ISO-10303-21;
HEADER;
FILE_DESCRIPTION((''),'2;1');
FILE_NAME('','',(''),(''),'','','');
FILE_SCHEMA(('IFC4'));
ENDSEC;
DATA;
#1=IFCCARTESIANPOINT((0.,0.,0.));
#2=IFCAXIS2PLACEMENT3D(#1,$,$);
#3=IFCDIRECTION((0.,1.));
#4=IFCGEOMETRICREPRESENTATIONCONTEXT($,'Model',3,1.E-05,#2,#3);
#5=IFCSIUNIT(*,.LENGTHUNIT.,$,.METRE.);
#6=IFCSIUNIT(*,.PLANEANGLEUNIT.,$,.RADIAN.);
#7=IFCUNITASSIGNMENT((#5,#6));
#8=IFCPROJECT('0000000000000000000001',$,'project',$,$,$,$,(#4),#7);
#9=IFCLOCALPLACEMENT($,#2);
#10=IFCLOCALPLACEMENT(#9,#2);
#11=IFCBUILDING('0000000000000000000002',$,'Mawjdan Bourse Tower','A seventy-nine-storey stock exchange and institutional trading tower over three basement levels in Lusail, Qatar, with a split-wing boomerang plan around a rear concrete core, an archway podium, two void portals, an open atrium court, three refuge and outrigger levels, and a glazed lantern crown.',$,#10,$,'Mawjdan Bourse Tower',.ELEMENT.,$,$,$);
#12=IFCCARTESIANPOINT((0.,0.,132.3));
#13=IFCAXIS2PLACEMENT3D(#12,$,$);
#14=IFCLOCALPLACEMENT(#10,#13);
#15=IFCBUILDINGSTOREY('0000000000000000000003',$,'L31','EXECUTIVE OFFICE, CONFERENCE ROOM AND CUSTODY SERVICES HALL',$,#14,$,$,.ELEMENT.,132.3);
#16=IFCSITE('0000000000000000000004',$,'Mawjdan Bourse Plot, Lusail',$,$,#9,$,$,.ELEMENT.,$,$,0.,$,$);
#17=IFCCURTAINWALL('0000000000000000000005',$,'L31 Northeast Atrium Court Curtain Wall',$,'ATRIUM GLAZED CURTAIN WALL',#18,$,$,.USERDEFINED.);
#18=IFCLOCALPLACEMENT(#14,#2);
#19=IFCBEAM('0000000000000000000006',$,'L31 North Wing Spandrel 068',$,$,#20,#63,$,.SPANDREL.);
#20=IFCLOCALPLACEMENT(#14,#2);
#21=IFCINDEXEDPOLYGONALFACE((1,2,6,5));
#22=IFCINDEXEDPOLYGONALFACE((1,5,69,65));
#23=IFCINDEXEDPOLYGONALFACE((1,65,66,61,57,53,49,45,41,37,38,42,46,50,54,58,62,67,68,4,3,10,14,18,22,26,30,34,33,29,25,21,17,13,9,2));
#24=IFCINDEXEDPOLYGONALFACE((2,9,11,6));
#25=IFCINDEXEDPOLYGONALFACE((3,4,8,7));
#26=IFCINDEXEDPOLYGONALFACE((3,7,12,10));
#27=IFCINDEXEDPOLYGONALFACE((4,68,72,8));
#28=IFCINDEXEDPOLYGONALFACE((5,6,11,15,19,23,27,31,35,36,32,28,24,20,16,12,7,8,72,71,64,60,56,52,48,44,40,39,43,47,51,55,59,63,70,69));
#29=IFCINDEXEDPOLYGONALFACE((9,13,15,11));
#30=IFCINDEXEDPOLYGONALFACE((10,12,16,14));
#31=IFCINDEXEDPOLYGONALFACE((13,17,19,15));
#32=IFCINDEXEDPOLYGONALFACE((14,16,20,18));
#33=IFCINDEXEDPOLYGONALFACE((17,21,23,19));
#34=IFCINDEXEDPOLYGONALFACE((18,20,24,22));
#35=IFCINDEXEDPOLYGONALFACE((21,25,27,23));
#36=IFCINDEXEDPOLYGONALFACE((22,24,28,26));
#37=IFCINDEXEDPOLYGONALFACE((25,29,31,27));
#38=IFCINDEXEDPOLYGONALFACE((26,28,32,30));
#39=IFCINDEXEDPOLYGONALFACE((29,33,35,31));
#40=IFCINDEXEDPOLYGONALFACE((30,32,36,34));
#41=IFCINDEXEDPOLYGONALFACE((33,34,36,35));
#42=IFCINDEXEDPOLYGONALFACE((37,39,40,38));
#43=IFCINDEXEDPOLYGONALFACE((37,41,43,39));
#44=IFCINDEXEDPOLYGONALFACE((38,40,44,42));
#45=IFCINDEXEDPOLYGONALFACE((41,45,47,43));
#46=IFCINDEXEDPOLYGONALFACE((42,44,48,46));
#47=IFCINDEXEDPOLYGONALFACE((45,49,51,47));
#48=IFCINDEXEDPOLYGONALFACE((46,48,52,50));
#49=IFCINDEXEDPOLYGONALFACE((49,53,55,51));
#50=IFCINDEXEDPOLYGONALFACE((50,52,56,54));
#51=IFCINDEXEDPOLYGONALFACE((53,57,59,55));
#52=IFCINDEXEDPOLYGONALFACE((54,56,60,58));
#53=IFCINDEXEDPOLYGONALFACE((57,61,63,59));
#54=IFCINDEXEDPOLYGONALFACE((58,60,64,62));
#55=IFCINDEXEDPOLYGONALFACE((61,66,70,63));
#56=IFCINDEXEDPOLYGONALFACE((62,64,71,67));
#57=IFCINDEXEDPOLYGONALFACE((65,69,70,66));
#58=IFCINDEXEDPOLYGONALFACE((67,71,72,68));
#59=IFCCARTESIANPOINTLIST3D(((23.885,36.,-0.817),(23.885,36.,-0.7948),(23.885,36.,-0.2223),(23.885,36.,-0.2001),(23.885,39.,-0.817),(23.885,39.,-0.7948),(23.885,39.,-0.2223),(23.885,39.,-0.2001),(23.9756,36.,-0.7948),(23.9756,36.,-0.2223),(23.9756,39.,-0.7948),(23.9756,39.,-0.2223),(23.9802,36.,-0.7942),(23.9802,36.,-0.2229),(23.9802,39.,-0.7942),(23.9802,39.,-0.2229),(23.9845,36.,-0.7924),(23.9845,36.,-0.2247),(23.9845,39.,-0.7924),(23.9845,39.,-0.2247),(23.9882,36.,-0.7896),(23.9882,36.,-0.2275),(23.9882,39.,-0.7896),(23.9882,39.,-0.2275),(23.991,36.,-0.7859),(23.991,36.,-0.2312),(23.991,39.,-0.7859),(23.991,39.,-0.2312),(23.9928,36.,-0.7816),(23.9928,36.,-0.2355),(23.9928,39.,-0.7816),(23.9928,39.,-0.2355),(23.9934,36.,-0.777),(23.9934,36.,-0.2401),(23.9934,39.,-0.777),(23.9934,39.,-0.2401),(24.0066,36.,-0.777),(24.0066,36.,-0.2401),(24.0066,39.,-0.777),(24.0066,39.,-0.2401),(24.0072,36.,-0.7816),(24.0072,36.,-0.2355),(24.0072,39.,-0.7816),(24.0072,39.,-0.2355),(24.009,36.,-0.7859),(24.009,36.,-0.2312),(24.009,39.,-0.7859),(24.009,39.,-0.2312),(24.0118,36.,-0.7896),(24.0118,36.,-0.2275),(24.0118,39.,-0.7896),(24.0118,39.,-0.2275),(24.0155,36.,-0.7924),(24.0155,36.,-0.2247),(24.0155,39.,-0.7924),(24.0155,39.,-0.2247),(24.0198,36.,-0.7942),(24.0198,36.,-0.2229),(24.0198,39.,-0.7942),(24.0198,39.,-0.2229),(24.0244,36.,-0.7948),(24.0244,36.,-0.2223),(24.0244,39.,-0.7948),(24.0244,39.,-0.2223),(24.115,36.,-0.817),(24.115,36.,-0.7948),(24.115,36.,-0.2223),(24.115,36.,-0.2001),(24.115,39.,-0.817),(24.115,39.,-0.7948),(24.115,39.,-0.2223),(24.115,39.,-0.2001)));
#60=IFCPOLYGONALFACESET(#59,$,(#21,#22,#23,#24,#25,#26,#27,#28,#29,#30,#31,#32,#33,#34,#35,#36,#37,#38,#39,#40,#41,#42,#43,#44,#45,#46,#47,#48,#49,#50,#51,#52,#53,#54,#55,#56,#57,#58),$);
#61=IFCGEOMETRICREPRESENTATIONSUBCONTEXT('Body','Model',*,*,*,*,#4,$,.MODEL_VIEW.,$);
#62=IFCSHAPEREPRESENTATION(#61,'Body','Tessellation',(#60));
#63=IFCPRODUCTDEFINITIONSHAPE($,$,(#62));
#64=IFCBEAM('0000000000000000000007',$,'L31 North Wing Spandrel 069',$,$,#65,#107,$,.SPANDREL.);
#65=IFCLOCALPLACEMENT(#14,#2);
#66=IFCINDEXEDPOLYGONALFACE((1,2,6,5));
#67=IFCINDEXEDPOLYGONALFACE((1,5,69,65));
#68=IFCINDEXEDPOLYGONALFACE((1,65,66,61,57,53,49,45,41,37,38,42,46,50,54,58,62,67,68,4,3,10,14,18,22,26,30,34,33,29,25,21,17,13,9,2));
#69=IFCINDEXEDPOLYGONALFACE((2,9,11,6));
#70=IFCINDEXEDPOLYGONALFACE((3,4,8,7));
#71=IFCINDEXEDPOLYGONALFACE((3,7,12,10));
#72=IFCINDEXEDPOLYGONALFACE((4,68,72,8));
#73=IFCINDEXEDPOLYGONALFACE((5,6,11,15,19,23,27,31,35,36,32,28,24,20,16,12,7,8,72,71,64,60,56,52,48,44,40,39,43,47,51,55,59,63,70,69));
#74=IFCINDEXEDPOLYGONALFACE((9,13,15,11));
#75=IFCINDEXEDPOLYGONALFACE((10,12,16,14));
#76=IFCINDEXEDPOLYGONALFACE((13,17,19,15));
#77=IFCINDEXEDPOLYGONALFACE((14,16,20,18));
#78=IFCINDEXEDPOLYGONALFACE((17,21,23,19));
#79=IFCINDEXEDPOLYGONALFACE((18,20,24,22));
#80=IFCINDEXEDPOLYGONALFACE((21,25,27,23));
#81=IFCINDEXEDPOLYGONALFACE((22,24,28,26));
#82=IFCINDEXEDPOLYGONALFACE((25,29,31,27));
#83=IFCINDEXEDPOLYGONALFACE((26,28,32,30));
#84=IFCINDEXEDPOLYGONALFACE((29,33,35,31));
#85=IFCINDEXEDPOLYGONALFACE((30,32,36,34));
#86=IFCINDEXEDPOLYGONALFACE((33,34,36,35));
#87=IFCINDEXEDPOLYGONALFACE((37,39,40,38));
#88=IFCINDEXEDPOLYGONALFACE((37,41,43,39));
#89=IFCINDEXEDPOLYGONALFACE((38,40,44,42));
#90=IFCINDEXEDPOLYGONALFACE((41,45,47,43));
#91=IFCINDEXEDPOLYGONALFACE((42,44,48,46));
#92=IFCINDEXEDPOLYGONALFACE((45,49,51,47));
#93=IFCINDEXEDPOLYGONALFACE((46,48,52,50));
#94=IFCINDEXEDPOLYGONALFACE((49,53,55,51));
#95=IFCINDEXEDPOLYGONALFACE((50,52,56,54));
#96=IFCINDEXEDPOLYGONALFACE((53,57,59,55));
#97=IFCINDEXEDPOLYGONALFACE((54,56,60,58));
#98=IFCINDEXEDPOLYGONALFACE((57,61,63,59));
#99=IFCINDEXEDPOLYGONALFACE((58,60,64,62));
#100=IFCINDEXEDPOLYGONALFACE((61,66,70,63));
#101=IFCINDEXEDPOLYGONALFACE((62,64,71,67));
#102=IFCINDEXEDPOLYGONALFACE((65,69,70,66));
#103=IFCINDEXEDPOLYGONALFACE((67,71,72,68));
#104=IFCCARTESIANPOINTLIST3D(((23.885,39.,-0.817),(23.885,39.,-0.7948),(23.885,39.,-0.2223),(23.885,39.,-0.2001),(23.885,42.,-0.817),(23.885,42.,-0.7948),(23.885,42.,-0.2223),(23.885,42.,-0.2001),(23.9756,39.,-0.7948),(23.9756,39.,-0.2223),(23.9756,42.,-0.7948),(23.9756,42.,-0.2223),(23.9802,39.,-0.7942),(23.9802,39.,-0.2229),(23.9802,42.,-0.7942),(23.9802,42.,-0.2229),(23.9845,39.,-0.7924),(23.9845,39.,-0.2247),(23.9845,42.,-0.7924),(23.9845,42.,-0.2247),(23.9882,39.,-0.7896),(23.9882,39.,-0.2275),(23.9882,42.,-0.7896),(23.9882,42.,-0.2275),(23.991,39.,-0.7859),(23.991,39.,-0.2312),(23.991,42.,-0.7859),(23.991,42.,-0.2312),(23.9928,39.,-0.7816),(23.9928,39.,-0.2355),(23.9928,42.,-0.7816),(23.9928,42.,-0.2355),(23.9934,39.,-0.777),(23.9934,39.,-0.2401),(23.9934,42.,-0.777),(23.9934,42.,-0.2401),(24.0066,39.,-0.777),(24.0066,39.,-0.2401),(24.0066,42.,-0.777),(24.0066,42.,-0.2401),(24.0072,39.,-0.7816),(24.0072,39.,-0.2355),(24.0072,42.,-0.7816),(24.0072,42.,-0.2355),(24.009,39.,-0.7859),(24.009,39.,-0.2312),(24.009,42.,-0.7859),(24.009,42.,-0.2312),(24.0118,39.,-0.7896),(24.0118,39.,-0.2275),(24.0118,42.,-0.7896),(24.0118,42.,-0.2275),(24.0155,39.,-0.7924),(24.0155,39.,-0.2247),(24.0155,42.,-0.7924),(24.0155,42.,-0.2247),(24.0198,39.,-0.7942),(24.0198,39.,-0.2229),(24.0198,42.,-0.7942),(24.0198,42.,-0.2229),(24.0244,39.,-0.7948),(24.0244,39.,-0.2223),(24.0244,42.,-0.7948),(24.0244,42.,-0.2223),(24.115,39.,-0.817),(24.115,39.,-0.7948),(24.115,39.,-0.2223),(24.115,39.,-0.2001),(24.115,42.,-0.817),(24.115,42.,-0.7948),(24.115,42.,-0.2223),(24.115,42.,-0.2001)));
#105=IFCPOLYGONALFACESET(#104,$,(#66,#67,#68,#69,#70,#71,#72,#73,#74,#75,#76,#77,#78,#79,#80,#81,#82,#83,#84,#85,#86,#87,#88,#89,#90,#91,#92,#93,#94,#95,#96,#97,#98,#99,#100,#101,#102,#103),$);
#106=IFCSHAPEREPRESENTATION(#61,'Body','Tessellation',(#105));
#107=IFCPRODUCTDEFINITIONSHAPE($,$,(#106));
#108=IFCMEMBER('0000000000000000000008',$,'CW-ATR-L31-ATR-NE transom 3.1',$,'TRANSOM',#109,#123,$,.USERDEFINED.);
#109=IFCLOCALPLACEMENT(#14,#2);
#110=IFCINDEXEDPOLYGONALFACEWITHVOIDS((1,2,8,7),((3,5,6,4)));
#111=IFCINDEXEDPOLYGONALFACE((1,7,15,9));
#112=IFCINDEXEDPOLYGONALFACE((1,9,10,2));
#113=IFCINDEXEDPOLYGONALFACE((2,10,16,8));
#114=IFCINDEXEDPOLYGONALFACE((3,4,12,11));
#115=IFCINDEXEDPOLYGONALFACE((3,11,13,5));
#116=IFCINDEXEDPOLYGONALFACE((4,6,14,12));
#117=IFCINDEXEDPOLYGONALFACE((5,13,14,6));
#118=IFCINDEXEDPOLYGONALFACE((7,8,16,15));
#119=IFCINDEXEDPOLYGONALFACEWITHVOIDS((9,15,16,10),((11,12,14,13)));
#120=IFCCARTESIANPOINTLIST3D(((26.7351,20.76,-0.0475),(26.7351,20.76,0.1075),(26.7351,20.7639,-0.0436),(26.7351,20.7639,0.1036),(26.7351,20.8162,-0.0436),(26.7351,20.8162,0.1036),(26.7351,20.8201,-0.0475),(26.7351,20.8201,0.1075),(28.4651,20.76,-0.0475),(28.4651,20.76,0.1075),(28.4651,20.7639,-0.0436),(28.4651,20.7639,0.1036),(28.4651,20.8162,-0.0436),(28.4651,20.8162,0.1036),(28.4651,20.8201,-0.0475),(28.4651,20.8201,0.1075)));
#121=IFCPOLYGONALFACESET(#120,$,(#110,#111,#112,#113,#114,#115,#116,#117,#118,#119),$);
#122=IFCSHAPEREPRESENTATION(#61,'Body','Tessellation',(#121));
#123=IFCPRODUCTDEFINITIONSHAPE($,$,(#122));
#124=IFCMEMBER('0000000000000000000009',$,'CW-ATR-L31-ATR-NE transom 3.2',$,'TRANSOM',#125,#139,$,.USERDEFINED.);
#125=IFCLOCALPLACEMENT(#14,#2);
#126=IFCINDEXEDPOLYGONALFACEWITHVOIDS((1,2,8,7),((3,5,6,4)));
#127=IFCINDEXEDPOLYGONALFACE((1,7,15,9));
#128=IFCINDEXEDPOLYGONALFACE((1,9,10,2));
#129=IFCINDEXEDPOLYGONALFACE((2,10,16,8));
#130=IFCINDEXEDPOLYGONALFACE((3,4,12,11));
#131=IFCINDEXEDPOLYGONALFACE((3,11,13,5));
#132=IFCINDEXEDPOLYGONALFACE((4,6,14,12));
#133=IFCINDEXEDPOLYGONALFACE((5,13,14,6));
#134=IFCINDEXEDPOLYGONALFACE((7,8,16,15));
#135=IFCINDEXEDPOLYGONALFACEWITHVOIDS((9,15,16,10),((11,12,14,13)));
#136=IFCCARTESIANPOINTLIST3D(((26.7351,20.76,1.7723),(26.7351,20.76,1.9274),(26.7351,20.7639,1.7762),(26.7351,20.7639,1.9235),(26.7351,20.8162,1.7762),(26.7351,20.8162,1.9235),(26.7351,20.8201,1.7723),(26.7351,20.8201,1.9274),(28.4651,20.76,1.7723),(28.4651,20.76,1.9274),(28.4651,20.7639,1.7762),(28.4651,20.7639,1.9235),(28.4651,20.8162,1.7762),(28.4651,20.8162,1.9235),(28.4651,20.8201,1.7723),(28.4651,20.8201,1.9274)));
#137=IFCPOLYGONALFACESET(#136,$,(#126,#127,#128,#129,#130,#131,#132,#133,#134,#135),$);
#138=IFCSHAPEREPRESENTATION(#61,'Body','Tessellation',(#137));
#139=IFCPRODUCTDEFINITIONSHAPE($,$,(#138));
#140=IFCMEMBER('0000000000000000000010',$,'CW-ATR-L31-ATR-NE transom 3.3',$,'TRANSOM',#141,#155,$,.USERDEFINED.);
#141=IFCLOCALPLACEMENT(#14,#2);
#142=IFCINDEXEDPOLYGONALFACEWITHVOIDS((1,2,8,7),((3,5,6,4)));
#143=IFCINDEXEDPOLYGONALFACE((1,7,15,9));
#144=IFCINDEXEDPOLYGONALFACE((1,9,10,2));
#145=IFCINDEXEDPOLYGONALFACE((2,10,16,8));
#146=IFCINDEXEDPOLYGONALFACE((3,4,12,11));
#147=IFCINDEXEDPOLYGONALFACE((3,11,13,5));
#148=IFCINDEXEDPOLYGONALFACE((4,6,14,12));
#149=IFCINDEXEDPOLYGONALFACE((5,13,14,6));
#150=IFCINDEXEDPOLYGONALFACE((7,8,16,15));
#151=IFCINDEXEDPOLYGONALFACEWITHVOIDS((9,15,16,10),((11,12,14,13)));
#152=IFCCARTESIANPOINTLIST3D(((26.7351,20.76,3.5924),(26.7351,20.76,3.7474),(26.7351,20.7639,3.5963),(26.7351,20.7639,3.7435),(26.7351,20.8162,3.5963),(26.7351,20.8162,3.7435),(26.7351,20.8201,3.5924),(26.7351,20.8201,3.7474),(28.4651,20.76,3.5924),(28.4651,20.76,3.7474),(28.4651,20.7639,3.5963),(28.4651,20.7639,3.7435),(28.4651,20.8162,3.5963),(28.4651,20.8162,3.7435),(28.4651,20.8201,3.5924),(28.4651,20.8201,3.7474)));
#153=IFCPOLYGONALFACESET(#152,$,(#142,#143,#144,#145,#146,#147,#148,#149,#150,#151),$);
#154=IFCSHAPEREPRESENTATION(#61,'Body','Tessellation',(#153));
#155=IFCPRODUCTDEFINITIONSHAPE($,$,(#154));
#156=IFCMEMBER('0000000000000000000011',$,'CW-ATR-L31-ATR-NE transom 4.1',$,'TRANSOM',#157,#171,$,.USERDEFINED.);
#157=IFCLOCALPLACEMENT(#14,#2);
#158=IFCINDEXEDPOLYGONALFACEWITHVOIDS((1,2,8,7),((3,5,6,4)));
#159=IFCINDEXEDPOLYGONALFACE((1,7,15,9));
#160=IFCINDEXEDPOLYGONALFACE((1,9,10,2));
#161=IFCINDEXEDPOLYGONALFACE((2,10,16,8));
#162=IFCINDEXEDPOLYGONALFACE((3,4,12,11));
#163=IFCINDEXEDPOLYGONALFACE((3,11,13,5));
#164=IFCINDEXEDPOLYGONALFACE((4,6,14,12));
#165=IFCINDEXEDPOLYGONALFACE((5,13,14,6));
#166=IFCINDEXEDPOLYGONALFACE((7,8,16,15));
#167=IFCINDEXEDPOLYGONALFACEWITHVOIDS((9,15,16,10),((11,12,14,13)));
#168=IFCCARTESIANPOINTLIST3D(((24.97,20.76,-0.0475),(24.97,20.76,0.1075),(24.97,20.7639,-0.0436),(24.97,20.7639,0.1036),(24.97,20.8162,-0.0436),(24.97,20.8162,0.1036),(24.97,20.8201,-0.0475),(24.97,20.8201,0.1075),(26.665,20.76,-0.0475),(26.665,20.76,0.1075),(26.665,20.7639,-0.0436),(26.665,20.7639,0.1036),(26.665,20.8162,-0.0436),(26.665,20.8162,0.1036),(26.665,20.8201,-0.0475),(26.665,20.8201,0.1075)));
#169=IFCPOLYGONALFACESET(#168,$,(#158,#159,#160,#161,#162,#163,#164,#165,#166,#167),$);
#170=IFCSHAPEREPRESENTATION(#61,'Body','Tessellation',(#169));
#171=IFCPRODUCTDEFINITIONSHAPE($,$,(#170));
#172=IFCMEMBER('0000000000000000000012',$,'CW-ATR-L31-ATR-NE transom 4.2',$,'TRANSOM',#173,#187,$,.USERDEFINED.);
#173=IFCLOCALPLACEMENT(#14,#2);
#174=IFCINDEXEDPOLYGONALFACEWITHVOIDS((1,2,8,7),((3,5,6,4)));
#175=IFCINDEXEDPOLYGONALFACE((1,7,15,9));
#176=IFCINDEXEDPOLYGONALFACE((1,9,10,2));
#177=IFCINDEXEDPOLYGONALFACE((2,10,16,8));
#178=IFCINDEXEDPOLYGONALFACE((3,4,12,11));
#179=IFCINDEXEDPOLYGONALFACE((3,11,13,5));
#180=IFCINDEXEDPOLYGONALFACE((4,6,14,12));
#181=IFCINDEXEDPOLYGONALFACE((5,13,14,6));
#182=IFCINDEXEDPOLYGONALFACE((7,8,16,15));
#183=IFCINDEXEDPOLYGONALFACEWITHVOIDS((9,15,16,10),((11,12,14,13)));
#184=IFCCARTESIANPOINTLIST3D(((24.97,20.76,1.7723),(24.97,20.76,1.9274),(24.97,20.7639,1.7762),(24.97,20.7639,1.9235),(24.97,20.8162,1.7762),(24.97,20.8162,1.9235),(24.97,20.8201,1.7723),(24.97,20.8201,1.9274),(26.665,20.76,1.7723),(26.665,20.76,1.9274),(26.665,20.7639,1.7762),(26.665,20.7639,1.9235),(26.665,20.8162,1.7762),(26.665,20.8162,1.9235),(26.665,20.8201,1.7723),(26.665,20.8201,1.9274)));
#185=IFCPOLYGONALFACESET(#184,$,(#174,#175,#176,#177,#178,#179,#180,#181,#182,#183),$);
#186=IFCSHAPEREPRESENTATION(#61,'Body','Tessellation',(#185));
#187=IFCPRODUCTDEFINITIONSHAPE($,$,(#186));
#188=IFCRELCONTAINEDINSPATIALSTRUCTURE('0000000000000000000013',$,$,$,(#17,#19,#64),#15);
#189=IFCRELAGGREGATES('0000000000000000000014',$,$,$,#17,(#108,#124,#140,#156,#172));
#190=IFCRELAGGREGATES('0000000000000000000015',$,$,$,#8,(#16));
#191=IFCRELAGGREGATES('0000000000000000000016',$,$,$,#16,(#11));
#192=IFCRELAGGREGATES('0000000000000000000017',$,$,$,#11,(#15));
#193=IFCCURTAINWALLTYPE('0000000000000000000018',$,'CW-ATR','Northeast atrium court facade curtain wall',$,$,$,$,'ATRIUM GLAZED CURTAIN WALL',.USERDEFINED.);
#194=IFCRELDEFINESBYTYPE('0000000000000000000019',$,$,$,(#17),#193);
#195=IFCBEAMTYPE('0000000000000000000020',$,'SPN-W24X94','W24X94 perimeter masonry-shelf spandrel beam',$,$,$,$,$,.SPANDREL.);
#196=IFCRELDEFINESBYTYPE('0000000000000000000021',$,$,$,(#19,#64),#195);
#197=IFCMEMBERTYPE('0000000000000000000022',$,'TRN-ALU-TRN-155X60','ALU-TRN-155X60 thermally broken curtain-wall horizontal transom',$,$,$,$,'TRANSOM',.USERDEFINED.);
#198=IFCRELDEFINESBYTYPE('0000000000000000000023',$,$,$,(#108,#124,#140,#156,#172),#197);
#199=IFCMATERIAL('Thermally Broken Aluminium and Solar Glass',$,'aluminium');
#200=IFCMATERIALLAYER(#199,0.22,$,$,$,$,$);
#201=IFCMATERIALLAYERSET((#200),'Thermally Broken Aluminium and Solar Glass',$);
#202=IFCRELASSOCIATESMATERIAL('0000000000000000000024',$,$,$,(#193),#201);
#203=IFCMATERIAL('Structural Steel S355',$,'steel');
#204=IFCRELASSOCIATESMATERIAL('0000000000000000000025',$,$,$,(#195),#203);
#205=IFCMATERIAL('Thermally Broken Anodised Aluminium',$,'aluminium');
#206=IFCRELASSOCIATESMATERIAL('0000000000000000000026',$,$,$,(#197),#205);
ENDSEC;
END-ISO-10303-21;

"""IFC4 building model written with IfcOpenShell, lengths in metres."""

from ifc_helpers import new_model, si_unit, direction, frame, origin, origin_2d, place, context, subcontext, project, spatial, hollow_rectangle, i_section, extrude, material, layer, layer_set, material_profile, profile_set, type_object, element, aggregate, save


model = new_model("IFC4")

# Units and contexts
model_context = context("Model", 3, precision=1e-05, world=origin(), true_north=direction((0.0, 1.0)))
body_context = subcontext(model_context, "Body", "Model", "MODEL_VIEW")
ifc_project = project(units=[si_unit("LENGTHUNIT", "METRE"), si_unit("PLANEANGLEUNIT", "RADIAN")], contexts=[model_context])

# Site, building, storey
site_placement = place(None, origin())
site = spatial("IfcSite", under=ifc_project, at=site_placement, Name="Mawjdan Bourse Plot, Lusail", CompositionType="ELEMENT", RefElevation=0.0)
building_placement = place(site_placement, origin())
building = spatial("IfcBuilding", under=site, at=building_placement, Name="Mawjdan Bourse Tower", Description="A seventy-nine-storey stock exchange and institutional trading tower over three basement levels in Lusail, Qatar, with a split-wing boomerang plan around a rear concrete core, an archway podium, two void portals, an open atrium court, three refuge and outrigger levels, and a glazed lantern crown.", LongName="Mawjdan Bourse Tower", CompositionType="ELEMENT")
storey_placement = place(building_placement, frame((0.0, 0.0, 132.3)))
storey = spatial("IfcBuildingStorey", under=building, at=storey_placement, Name="L31", Description="EXECUTIVE OFFICE, CONFERENCE ROOM AND CUSTODY SERVICES HALL", CompositionType="ELEMENT", Elevation=132.3)

# Shared definitions
ifc_material_1 = material(Name="Structural Steel S355", Category="steel")

# Curtain wall
ifc_material_2 = material(Name="Thermally Broken Aluminium and Solar Glass", Category="aluminium")
ifc_layer_1 = layer(ifc_material_2, 0.22)
ifc_layer_set_1 = layer_set([ifc_layer_1], Name="Thermally Broken Aluminium and Solar Glass")
curtain_wall_type = type_object("IfcCurtainWallType", Name="CW-ATR", Description="Northeast atrium court facade curtain wall", ElementType="ATRIUM GLAZED CURTAIN WALL", PredefinedType="USERDEFINED", material=ifc_layer_set_1)
curtain_wall_placement = place(storey_placement, origin())
curtain_wall = element("IfcCurtainWall", 1, at=curtain_wall_placement, inside=storey, type_object=curtain_wall_type, Name="L31 Northeast Atrium Court Curtain Wall", ObjectType="ATRIUM GLAZED CURTAIN WALL", PredefinedType="USERDEFINED")
ifc_material_3 = material(Name="Thermally Broken Anodised Aluminium", Category="aluminium")

# Beams
ifc_material_profile_1 = material_profile(ifc_material_1, i_section(OverallWidth=0.23, OverallDepth=0.6169, WebThickness=0.0132, FlangeThickness=0.0222, FilletRadius=0.0178, at=origin_2d()), Name="W24X94")
ifc_profile_set_1 = profile_set([ifc_material_profile_1], Name="Structural Steel S355")
beam_type_1 = type_object("IfcBeamType", Name="SPN-W24X94", Description="W24X94 perimeter masonry-shelf spandrel beam", PredefinedType="SPANDREL", material=ifc_profile_set_1)
for number, where, z_axis, x_axis, name in (
    (2, (24.0, 36.0, -0.5085), (0.0, 1.0, 0.0), (-1.0, 0.0, 0.0), "L31 North Wing Spandrel 068"),
    (3, (24.0, 39.0, -0.5085), (0.0, 1.0, 0.0), (-1.0, 0.0, 0.0), "L31 North Wing Spandrel 069"),
):
    element("IfcBeam", number, at=place(storey_placement, frame(where, z_axis=z_axis, x_axis=x_axis)), inside=storey, type_object=beam_type_1, Name=name, PredefinedType="SPANDREL", context=body_context, shape_type="SweptSolid", body=[
        extrude(i_section(OverallWidth=0.23, OverallDepth=0.6169, WebThickness=0.0132, FlangeThickness=0.0222, FilletRadius=0.0178, at=origin_2d()), origin(), (0.0, 0.0, 1.0), 3.0),
    ])

# Members
ifc_material_profile_2 = material_profile(ifc_material_3, hollow_rectangle(XDim=0.0601, YDim=0.155, WallThickness=0.0039, at=origin_2d()), Name="ALU-TRN-155X60")
ifc_profile_set_2 = profile_set([ifc_material_profile_2], Name="Thermally Broken Anodised Aluminium")
member_type_1 = type_object("IfcMemberType", Name="TRN-ALU-TRN-155X60", Description="ALU-TRN-155X60 thermally broken curtain-wall horizontal transom", ElementType="TRANSOM", PredefinedType="USERDEFINED", material=ifc_profile_set_2)
member_1_placement = place(storey_placement, frame((28.4651, 20.79, 0.03), z_axis=(-1.0, 0.0, 0.0), x_axis=(0.0, -1.0, 0.0)))
member_1 = element("IfcMember", 4, at=member_1_placement, type_object=member_type_1, Name="CW-ATR-L31-ATR-NE transom 3.1", ObjectType="TRANSOM", PredefinedType="USERDEFINED", context=body_context, shape_type="SweptSolid", body=[
    extrude(hollow_rectangle(XDim=0.0601, YDim=0.155, WallThickness=0.0039, at=origin_2d()), origin(), (0.0, 0.0, 1.0), 1.73),
])
member_2_placement = place(storey_placement, frame((28.4651, 20.79, 1.8499), z_axis=(-1.0, 0.0, 0.0), x_axis=(0.0, -1.0, 0.0)))
member_2 = element("IfcMember", 5, at=member_2_placement, type_object=member_type_1, Name="CW-ATR-L31-ATR-NE transom 3.2", ObjectType="TRANSOM", PredefinedType="USERDEFINED", context=body_context, shape_type="SweptSolid", body=[
    extrude(hollow_rectangle(XDim=0.0601, YDim=0.155, WallThickness=0.0039, at=origin_2d()), origin(), (0.0, 0.0, 1.0), 1.73),
])
member_3_placement = place(storey_placement, frame((28.4651, 20.79, 3.6699), z_axis=(-1.0, 0.0, 0.0), x_axis=(0.0, -1.0, 0.0)))
member_3 = element("IfcMember", 6, at=member_3_placement, type_object=member_type_1, Name="CW-ATR-L31-ATR-NE transom 3.3", ObjectType="TRANSOM", PredefinedType="USERDEFINED", context=body_context, shape_type="SweptSolid", body=[
    extrude(hollow_rectangle(XDim=0.0601, YDim=0.155, WallThickness=0.0039, at=origin_2d()), origin(), (0.0, 0.0, 1.0), 1.73),
])
member_4_placement = place(storey_placement, frame((26.665, 20.79, 0.03), z_axis=(-1.0, 0.0, 0.0), x_axis=(0.0, -1.0, 0.0)))
member_4 = element("IfcMember", 7, at=member_4_placement, type_object=member_type_1, Name="CW-ATR-L31-ATR-NE transom 4.1", ObjectType="TRANSOM", PredefinedType="USERDEFINED", context=body_context, shape_type="SweptSolid", body=[
    extrude(hollow_rectangle(XDim=0.0601, YDim=0.155, WallThickness=0.0039, at=origin_2d()), origin(), (0.0, 0.0, 1.0), 1.6951),
])
member_5_placement = place(storey_placement, frame((26.665, 20.79, 1.8499), z_axis=(-1.0, 0.0, 0.0), x_axis=(0.0, -1.0, 0.0)))
member_5 = element("IfcMember", 8, at=member_5_placement, type_object=member_type_1, Name="CW-ATR-L31-ATR-NE transom 4.2", ObjectType="TRANSOM", PredefinedType="USERDEFINED", context=body_context, shape_type="SweptSolid", body=[
    extrude(hollow_rectangle(XDim=0.0601, YDim=0.155, WallThickness=0.0039, at=origin_2d()), origin(), (0.0, 0.0, 1.0), 1.6951),
])

aggregate(curtain_wall, [member_1, member_2, member_3, member_4, member_5])

save(model, "model.ifc")
